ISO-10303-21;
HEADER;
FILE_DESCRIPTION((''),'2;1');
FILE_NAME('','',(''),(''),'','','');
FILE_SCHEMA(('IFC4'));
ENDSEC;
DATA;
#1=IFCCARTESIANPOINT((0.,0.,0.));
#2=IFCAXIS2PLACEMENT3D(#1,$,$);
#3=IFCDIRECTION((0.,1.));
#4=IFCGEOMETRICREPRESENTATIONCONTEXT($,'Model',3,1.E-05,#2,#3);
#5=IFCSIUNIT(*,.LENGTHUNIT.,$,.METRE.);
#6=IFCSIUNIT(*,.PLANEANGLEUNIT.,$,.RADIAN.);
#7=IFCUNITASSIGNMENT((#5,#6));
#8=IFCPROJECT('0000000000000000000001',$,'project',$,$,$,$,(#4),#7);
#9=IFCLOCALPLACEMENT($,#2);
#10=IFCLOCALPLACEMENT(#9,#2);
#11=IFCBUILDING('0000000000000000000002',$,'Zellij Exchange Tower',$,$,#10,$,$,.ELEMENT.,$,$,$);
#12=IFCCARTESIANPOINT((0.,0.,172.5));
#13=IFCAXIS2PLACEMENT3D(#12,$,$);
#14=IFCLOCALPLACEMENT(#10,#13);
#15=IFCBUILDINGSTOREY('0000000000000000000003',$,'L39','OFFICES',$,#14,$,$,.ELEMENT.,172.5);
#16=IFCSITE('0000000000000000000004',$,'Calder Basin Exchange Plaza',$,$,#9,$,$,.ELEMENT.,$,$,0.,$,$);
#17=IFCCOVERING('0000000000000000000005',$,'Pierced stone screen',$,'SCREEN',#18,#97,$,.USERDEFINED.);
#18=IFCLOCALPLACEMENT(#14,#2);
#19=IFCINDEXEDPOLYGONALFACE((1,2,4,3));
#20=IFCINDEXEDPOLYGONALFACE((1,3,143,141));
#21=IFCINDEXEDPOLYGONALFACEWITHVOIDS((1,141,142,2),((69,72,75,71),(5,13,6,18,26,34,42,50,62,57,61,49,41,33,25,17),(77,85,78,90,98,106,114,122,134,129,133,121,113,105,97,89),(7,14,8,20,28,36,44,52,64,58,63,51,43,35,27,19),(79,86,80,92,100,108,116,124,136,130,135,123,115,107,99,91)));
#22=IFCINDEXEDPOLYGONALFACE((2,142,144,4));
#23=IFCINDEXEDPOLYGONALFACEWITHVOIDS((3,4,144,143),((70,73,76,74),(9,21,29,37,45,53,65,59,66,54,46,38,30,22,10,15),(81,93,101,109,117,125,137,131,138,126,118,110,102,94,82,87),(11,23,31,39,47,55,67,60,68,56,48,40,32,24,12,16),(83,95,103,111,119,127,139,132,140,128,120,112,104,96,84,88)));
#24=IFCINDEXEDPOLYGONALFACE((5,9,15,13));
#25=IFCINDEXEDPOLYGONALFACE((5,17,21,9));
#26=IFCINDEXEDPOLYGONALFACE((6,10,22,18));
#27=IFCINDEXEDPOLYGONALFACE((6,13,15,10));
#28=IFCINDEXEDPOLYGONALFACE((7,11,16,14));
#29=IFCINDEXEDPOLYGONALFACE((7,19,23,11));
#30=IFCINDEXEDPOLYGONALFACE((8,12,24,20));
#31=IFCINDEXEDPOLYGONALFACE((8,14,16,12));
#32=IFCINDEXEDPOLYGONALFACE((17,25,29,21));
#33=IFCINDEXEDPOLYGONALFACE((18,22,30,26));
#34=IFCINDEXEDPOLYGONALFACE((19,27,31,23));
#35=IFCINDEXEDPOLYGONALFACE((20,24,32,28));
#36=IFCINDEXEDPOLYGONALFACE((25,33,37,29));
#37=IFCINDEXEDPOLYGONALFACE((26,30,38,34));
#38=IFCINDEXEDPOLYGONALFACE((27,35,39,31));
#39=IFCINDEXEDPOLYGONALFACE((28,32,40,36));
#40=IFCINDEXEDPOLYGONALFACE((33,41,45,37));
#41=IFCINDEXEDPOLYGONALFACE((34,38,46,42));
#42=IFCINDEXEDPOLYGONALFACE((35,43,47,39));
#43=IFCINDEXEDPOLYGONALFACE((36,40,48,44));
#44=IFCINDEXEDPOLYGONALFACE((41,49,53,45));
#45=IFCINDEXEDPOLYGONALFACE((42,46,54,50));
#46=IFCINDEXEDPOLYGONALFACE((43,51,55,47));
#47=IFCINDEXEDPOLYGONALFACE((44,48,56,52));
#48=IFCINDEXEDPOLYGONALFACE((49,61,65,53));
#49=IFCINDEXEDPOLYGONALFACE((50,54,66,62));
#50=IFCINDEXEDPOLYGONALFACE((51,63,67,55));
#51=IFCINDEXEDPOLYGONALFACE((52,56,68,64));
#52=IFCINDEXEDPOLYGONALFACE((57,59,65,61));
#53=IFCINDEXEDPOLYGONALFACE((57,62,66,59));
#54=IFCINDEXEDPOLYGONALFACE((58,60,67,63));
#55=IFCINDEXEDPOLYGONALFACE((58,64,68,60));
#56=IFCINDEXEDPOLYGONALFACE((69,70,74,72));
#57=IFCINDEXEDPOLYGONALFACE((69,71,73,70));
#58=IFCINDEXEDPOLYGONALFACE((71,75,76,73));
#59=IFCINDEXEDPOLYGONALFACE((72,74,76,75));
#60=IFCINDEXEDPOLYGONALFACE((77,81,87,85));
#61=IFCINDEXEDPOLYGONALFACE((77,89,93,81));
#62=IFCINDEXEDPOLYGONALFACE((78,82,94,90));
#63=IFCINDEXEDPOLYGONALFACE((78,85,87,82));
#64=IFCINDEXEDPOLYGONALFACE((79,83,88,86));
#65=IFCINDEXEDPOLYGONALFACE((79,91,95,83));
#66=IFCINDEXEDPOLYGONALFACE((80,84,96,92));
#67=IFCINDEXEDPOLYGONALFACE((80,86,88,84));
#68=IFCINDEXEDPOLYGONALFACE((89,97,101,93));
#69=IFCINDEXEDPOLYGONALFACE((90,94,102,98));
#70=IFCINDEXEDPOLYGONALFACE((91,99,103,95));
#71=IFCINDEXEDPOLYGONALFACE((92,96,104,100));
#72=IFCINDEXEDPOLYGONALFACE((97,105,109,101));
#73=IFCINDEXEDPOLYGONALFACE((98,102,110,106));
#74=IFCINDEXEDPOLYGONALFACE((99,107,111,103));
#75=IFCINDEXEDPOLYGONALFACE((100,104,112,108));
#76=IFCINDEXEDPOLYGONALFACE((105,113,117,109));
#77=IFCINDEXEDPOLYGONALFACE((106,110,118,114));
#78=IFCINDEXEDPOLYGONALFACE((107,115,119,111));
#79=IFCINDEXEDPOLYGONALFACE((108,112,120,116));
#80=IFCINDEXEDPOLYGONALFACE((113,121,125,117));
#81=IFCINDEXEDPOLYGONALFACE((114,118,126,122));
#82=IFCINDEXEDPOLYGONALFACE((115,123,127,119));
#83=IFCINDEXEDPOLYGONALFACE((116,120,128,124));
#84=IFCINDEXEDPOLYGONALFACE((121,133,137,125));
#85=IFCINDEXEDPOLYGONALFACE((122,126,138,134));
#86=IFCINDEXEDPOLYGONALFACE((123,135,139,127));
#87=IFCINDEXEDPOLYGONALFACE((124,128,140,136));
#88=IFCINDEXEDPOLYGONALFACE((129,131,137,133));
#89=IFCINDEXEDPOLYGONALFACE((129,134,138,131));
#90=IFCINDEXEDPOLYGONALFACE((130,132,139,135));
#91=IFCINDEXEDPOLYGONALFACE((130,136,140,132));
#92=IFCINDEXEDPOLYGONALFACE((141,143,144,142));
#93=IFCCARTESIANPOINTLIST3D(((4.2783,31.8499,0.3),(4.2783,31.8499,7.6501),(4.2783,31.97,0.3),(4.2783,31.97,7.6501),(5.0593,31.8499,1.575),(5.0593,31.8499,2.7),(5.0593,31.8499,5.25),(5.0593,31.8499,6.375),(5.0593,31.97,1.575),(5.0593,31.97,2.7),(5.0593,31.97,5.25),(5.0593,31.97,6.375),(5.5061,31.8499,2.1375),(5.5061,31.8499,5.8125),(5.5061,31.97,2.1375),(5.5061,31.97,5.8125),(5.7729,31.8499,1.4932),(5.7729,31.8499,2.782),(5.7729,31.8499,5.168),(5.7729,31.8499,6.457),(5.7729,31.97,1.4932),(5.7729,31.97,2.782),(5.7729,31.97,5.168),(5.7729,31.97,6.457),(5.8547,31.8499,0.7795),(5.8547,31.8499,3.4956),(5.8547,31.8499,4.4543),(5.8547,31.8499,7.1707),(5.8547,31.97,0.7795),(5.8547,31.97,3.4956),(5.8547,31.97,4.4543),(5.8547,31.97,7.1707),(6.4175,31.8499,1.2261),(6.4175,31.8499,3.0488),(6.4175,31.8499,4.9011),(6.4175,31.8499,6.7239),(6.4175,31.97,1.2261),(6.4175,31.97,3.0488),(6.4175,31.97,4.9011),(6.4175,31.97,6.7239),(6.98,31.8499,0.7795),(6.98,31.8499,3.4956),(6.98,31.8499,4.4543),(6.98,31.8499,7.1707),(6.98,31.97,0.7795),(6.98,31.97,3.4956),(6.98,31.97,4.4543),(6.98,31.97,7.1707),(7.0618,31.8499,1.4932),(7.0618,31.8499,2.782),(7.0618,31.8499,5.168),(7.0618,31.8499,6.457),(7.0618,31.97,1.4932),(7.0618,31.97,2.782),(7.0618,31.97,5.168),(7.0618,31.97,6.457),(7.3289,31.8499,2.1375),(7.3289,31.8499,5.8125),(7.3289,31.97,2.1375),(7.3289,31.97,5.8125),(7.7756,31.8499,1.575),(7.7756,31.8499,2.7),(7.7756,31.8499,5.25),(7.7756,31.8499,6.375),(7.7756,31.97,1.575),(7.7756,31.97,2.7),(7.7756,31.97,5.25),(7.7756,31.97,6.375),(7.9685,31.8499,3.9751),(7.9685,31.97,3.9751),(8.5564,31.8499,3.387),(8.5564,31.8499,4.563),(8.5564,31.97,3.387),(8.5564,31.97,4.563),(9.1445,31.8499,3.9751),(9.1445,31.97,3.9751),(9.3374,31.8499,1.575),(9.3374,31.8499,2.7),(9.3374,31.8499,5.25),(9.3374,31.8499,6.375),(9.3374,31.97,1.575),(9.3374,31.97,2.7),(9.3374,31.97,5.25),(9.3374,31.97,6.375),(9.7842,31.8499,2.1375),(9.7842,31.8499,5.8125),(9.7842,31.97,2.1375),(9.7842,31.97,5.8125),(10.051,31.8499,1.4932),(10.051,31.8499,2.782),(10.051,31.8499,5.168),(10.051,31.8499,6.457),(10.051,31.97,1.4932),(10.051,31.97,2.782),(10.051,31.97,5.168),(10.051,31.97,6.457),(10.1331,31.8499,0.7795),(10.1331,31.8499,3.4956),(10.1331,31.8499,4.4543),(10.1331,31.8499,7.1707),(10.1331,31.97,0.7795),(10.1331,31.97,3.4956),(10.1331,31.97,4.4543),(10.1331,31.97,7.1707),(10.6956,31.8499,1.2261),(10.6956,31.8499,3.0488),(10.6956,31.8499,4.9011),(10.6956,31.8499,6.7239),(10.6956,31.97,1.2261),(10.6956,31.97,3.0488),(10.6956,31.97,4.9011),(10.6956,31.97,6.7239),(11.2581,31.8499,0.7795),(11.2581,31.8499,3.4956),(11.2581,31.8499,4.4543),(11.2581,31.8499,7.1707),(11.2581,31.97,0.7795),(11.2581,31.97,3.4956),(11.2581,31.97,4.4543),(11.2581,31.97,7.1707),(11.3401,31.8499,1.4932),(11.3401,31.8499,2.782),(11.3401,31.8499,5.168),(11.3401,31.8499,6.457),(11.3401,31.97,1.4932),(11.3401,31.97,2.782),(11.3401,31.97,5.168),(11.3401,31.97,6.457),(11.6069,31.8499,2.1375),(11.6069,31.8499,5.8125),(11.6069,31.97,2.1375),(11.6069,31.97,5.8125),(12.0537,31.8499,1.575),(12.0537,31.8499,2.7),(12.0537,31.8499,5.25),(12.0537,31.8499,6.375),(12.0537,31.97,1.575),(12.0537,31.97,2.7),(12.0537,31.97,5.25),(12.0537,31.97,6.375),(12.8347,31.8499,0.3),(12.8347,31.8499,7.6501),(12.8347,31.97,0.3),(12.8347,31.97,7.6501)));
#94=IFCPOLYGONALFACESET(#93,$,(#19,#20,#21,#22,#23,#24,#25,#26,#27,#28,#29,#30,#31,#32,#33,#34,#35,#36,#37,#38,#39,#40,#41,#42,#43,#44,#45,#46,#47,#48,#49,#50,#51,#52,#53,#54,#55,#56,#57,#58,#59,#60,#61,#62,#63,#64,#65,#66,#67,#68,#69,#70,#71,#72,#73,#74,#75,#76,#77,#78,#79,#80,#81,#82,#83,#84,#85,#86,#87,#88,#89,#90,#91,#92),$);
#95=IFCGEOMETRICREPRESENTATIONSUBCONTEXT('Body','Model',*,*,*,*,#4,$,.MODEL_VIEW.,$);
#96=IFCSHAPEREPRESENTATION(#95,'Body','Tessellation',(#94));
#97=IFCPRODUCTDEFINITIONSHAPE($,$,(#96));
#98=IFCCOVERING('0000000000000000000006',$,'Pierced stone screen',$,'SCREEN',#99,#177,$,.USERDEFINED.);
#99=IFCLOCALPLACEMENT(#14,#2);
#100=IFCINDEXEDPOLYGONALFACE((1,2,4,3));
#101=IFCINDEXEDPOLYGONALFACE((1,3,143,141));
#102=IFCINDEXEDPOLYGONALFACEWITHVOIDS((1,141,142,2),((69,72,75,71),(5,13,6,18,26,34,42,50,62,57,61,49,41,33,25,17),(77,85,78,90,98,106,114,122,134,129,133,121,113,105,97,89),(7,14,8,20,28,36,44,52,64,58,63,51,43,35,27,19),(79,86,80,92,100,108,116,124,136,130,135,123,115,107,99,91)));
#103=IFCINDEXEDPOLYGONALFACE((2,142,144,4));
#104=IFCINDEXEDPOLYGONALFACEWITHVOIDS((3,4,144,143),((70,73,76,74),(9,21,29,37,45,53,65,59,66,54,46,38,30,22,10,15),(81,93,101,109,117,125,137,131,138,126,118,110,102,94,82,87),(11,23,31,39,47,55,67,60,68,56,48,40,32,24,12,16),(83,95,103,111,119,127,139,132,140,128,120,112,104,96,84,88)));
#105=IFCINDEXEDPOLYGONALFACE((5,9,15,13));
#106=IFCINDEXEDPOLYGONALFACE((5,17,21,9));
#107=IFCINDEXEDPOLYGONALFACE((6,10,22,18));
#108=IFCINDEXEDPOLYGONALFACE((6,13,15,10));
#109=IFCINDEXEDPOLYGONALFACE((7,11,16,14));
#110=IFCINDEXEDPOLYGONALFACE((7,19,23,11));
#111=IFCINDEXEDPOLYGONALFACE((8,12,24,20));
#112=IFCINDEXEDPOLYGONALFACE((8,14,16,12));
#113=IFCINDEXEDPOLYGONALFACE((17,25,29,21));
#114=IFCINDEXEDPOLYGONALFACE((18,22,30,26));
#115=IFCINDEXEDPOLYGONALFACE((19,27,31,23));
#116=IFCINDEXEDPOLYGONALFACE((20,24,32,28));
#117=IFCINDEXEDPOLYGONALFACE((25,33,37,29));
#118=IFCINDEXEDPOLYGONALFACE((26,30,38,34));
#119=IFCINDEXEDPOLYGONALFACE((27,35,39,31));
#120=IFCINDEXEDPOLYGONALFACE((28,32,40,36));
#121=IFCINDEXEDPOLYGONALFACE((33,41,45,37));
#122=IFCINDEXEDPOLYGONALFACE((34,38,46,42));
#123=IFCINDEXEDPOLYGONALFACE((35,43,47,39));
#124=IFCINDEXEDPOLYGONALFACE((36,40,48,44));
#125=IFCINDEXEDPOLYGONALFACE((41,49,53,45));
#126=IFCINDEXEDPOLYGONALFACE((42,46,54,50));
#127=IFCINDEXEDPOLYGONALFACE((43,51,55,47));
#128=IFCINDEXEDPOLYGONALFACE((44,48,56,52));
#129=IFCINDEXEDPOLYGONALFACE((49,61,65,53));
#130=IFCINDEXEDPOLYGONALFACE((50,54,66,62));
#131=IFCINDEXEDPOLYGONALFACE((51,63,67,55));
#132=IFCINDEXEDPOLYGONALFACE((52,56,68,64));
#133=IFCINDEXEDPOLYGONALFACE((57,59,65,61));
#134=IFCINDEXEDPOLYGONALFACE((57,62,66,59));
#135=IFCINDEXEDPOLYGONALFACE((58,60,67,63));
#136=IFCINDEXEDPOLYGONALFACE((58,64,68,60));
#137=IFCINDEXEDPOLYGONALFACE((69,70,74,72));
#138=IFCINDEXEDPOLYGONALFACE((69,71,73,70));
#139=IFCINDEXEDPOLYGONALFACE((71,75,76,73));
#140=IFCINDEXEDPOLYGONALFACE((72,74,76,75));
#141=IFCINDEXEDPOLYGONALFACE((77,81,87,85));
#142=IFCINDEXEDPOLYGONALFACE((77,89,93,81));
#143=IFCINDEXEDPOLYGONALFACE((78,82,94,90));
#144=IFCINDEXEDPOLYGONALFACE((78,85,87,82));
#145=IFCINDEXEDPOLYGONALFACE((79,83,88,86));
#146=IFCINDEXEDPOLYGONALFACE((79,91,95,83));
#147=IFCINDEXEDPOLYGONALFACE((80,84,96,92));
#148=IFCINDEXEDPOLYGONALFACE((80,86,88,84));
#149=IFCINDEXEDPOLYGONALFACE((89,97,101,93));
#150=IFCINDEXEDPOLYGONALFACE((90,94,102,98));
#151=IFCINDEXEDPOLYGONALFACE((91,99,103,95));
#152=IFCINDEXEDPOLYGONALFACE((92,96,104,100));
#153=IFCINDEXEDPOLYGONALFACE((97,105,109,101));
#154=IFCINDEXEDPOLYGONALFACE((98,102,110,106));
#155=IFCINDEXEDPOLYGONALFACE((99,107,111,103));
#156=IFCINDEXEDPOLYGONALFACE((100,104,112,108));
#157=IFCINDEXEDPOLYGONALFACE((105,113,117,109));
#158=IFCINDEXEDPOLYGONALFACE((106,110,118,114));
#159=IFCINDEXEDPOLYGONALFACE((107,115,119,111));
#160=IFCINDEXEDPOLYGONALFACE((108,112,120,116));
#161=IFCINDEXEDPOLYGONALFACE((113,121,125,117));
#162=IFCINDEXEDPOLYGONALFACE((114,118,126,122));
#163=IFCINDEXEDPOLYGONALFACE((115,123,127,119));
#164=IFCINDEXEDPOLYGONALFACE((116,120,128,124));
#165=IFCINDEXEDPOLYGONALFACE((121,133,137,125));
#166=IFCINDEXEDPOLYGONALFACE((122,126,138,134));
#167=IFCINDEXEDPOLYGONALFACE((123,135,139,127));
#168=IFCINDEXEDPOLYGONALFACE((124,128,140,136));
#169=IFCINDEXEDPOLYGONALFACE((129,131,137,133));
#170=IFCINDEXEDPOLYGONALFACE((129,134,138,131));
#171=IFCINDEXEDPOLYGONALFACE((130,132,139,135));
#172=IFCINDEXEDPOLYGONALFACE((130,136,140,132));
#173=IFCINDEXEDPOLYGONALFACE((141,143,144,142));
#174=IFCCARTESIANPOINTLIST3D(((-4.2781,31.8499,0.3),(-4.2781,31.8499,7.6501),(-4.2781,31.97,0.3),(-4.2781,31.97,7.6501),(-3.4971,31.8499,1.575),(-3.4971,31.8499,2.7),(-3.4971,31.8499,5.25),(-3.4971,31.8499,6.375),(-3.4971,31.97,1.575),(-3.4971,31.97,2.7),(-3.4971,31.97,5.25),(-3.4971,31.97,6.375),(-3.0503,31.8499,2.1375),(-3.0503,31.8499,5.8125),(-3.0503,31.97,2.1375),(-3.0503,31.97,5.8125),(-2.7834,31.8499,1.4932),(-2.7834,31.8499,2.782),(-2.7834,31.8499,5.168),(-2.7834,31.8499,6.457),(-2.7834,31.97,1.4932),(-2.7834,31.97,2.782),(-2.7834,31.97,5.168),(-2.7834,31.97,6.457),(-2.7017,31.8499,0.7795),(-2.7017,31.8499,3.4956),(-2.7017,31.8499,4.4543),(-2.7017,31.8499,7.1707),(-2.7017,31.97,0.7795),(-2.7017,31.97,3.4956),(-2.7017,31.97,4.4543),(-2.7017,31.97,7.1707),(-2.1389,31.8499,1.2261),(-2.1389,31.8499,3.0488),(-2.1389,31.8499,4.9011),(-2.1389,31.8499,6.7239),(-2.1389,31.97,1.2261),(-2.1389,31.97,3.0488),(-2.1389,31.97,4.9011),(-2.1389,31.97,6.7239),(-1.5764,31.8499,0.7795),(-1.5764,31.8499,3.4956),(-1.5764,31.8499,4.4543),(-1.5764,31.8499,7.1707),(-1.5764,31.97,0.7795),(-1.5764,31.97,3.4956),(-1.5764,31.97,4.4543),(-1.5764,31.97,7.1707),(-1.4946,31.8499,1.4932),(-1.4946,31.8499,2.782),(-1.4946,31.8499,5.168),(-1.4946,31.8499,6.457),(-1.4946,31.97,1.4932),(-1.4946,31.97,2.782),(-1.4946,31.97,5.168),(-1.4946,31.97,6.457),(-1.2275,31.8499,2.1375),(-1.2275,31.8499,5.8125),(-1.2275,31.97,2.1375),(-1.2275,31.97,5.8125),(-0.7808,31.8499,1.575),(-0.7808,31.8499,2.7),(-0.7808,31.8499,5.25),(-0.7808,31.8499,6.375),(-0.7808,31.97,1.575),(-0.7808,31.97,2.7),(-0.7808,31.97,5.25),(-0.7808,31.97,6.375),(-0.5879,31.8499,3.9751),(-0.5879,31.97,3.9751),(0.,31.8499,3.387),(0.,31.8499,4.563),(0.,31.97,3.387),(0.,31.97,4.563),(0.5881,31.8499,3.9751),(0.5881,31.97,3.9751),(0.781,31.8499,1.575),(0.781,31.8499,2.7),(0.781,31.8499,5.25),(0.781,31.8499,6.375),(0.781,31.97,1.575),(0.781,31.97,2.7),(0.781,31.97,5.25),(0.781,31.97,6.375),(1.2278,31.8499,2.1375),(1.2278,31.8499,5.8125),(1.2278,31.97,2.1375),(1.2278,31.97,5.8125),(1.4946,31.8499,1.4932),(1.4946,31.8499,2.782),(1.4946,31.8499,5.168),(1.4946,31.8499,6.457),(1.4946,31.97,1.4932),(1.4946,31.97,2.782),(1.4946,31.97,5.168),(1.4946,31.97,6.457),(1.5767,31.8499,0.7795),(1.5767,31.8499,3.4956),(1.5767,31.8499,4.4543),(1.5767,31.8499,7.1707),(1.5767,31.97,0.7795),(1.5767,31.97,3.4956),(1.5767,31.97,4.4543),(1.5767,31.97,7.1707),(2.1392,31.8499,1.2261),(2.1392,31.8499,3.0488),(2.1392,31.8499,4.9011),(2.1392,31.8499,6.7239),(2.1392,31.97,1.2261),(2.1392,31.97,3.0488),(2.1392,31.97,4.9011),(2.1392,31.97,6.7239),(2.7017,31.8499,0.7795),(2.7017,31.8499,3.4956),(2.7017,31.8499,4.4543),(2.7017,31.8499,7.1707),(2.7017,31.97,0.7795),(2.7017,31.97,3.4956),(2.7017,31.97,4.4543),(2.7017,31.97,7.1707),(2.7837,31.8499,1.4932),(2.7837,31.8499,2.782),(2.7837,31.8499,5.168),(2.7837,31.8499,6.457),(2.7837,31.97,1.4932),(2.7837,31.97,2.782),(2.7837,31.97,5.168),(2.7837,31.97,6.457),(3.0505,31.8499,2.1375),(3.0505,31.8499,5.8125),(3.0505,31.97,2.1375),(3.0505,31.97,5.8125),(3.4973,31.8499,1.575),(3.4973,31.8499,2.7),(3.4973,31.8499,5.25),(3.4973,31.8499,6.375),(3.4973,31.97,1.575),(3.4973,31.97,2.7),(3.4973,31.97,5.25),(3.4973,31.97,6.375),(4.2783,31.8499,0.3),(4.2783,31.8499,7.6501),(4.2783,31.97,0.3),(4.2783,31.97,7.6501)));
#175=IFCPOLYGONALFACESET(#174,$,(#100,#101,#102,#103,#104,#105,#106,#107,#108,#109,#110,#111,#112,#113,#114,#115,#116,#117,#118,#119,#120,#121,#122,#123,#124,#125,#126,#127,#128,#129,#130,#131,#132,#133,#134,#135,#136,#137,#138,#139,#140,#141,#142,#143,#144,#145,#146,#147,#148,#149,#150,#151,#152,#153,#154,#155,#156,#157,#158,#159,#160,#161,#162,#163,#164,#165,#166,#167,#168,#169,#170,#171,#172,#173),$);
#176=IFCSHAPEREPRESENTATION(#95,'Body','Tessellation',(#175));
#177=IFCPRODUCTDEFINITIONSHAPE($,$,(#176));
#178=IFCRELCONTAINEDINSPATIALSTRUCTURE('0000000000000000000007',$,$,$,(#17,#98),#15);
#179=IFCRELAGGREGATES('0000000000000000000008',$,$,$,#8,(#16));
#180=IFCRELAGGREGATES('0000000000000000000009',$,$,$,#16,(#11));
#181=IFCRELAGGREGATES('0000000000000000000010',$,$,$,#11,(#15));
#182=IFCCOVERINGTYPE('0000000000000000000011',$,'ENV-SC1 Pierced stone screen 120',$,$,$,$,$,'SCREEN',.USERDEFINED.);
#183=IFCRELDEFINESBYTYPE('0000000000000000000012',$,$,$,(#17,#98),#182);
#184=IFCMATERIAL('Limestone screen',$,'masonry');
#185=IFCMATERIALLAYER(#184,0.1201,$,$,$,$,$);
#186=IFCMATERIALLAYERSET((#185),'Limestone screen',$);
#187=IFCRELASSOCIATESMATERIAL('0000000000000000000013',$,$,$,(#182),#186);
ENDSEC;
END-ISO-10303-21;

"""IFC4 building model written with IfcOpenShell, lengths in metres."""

from ifc_helpers import new_model, si_unit, direction, frame, origin, place, context, subcontext, project, spatial, polyline, outline, extrude, material, layer, layer_set, type_object, element, save


model = new_model("IFC4")

# Units and contexts
model_context = context("Model", 3, precision=1e-05, world=origin(), true_north=direction((0.0, 1.0)))
body_context = subcontext(model_context, "Body", "Model", "MODEL_VIEW")
ifc_project = project(units=[si_unit("LENGTHUNIT", "METRE"), si_unit("PLANEANGLEUNIT", "RADIAN")], contexts=[model_context])

# Site, building, storey
site_placement = place(None, origin())
site = spatial("IfcSite", under=ifc_project, at=site_placement, Name="Calder Basin Exchange Plaza", CompositionType="ELEMENT", RefElevation=0.0)
building_placement = place(site_placement, origin())
building = spatial("IfcBuilding", under=site, at=building_placement, Name="Zellij Exchange Tower", CompositionType="ELEMENT")
storey_placement = place(building_placement, frame((0.0, 0.0, 172.5)))
storey = spatial("IfcBuildingStorey", under=building, at=storey_placement, Name="L39", Description="OFFICES", CompositionType="ELEMENT", Elevation=172.5)

# Coverings
ifc_material_1 = material(Name="Limestone screen", Category="masonry")
ifc_layer_1 = layer(ifc_material_1, 0.1201)
ifc_layer_set_1 = layer_set([ifc_layer_1], Name="Limestone screen")
covering_type = type_object("IfcCoveringType", Name="ENV-SC1 Pierced stone screen 120", ElementType="SCREEN", PredefinedType="USERDEFINED", material=ifc_layer_set_1)
covering_1_placement = place(storey_placement, frame((12.8347, 31.9099, 0.3), z_axis=(0.0, 0.0, 1.0), x_axis=(-1.0, 0.0, 0.0)))
element("IfcCovering", 1, at=covering_1_placement, inside=storey, type_object=covering_type, Name="Pierced stone screen", ObjectType="SCREEN", PredefinedType="USERDEFINED", context=body_context, shape_type="SweptSolid", body=[
    extrude(outline(polyline([(0.0, 0.0), (8.5564, 0.0), (8.5564, 7.3501), (0.0, 7.3501), (0.0, 0.0)]), holes=[polyline([(3.4973, 2.3999), (2.7837, 2.4819), (2.7017, 3.1956), (2.1392, 2.7488), (1.5767, 3.1956), (1.4946, 2.4819), (0.781, 2.3999), (1.2278, 1.8374), (0.781, 1.2749), (1.4946, 1.1931), (1.5767, 0.4795), (2.1392, 0.926), (2.7017, 0.4795), (2.7837, 1.1931), (3.4973, 1.2749), (3.0505, 1.8374), (3.4973, 2.3999)]), polyline([(3.4973, 6.075), (2.7837, 6.157), (2.7017, 6.8706), (2.1392, 6.4238), (1.5767, 6.8706), (1.4946, 6.157), (0.781, 6.075), (1.2278, 5.5125), (0.781, 4.95), (1.4946, 4.8679), (1.5767, 4.1543), (2.1392, 4.6011), (2.7017, 4.1543), (2.7837, 4.8679), (3.4973, 4.95), (3.0505, 5.5125), (3.4973, 6.075)]), polyline([(7.7754, 2.3999), (7.0618, 2.4819), (6.98, 3.1956), (6.4172, 2.7488), (5.8547, 3.1956), (5.7729, 2.4819), (5.0591, 2.3999), (5.5059, 1.8374), (5.0591, 1.2749), (5.7729, 1.1931), (5.8547, 0.4795), (6.4172, 0.926), (6.98, 0.4795), (7.0618, 1.1931), (7.7754, 1.2749), (7.3286, 1.8374), (7.7754, 2.3999)]), polyline([(7.7754, 6.075), (7.0618, 6.157), (6.98, 6.8706), (6.4172, 6.4238), (5.8547, 6.8706), (5.7729, 6.157), (5.0591, 6.075), (5.5059, 5.5125), (5.0591, 4.95), (5.7729, 4.8679), (5.8547, 4.1543), (6.4172, 4.6011), (6.98, 4.1543), (7.0618, 4.8679), (7.7754, 4.95), (7.3286, 5.5125), (7.7754, 6.075)]), polyline([(4.8662, 3.675), (4.2783, 4.2629), (3.6902, 3.675), (4.2783, 3.0869), (4.8662, 3.675)])]), frame((0.0, 0.0601, 0.0), z_axis=(0.0, -1.0, 0.0), x_axis=(1.0, 0.0, 0.0)), (0.0, 0.0, 1.0), 0.1201),
])
covering_2_placement = place(storey_placement, frame((4.2783, 31.9099, 0.3), z_axis=(0.0, 0.0, 1.0), x_axis=(-1.0, 0.0, 0.0)))
element("IfcCovering", 2, at=covering_2_placement, inside=storey, type_object=covering_type, Name="Pierced stone screen", ObjectType="SCREEN", PredefinedType="USERDEFINED", context=body_context, shape_type="SweptSolid", body=[
    extrude(outline(polyline([(0.0, 0.0), (8.5564, 0.0), (8.5564, 7.3501), (0.0, 7.3501), (0.0, 0.0)]), holes=[polyline([(3.4973, 2.3999), (2.7837, 2.4819), (2.7017, 3.1956), (2.1392, 2.7488), (1.5767, 3.1956), (1.4946, 2.4819), (0.781, 2.3999), (1.2278, 1.8374), (0.781, 1.2749), (1.4946, 1.1931), (1.5767, 0.4795), (2.1392, 0.926), (2.7017, 0.4795), (2.7837, 1.1931), (3.4973, 1.2749), (3.0505, 1.8374), (3.4973, 2.3999)]), polyline([(3.4973, 6.075), (2.7837, 6.157), (2.7017, 6.8706), (2.1392, 6.4238), (1.5767, 6.8706), (1.4946, 6.157), (0.781, 6.075), (1.2278, 5.5125), (0.781, 4.95), (1.4946, 4.8679), (1.5767, 4.1543), (2.1392, 4.6011), (2.7017, 4.1543), (2.7837, 4.8679), (3.4973, 4.95), (3.0505, 5.5125), (3.4973, 6.075)]), polyline([(7.7754, 2.3999), (7.0618, 2.4819), (6.98, 3.1956), (6.4172, 2.7488), (5.8547, 3.1956), (5.7729, 2.4819), (5.0591, 2.3999), (5.5059, 1.8374), (5.0591, 1.2749), (5.7729, 1.1931), (5.8547, 0.4795), (6.4172, 0.926), (6.98, 0.4795), (7.0618, 1.1931), (7.7754, 1.2749), (7.3286, 1.8374), (7.7754, 2.3999)]), polyline([(7.7754, 6.075), (7.0618, 6.157), (6.98, 6.8706), (6.4172, 6.4238), (5.8547, 6.8706), (5.7729, 6.157), (5.0591, 6.075), (5.5059, 5.5125), (5.0591, 4.95), (5.7729, 4.8679), (5.8547, 4.1543), (6.4172, 4.6011), (6.98, 4.1543), (7.0618, 4.8679), (7.7754, 4.95), (7.3286, 5.5125), (7.7754, 6.075)]), polyline([(4.8662, 3.675), (4.2783, 4.2629), (3.6902, 3.675), (4.2783, 3.0869), (4.8662, 3.675)])]), frame((0.0, 0.0601, 0.0), z_axis=(0.0, -1.0, 0.0), x_axis=(1.0, 0.0, 0.0)), (0.0, 0.0, 1.0), 0.1201),
])

save(model, "model.ifc")
